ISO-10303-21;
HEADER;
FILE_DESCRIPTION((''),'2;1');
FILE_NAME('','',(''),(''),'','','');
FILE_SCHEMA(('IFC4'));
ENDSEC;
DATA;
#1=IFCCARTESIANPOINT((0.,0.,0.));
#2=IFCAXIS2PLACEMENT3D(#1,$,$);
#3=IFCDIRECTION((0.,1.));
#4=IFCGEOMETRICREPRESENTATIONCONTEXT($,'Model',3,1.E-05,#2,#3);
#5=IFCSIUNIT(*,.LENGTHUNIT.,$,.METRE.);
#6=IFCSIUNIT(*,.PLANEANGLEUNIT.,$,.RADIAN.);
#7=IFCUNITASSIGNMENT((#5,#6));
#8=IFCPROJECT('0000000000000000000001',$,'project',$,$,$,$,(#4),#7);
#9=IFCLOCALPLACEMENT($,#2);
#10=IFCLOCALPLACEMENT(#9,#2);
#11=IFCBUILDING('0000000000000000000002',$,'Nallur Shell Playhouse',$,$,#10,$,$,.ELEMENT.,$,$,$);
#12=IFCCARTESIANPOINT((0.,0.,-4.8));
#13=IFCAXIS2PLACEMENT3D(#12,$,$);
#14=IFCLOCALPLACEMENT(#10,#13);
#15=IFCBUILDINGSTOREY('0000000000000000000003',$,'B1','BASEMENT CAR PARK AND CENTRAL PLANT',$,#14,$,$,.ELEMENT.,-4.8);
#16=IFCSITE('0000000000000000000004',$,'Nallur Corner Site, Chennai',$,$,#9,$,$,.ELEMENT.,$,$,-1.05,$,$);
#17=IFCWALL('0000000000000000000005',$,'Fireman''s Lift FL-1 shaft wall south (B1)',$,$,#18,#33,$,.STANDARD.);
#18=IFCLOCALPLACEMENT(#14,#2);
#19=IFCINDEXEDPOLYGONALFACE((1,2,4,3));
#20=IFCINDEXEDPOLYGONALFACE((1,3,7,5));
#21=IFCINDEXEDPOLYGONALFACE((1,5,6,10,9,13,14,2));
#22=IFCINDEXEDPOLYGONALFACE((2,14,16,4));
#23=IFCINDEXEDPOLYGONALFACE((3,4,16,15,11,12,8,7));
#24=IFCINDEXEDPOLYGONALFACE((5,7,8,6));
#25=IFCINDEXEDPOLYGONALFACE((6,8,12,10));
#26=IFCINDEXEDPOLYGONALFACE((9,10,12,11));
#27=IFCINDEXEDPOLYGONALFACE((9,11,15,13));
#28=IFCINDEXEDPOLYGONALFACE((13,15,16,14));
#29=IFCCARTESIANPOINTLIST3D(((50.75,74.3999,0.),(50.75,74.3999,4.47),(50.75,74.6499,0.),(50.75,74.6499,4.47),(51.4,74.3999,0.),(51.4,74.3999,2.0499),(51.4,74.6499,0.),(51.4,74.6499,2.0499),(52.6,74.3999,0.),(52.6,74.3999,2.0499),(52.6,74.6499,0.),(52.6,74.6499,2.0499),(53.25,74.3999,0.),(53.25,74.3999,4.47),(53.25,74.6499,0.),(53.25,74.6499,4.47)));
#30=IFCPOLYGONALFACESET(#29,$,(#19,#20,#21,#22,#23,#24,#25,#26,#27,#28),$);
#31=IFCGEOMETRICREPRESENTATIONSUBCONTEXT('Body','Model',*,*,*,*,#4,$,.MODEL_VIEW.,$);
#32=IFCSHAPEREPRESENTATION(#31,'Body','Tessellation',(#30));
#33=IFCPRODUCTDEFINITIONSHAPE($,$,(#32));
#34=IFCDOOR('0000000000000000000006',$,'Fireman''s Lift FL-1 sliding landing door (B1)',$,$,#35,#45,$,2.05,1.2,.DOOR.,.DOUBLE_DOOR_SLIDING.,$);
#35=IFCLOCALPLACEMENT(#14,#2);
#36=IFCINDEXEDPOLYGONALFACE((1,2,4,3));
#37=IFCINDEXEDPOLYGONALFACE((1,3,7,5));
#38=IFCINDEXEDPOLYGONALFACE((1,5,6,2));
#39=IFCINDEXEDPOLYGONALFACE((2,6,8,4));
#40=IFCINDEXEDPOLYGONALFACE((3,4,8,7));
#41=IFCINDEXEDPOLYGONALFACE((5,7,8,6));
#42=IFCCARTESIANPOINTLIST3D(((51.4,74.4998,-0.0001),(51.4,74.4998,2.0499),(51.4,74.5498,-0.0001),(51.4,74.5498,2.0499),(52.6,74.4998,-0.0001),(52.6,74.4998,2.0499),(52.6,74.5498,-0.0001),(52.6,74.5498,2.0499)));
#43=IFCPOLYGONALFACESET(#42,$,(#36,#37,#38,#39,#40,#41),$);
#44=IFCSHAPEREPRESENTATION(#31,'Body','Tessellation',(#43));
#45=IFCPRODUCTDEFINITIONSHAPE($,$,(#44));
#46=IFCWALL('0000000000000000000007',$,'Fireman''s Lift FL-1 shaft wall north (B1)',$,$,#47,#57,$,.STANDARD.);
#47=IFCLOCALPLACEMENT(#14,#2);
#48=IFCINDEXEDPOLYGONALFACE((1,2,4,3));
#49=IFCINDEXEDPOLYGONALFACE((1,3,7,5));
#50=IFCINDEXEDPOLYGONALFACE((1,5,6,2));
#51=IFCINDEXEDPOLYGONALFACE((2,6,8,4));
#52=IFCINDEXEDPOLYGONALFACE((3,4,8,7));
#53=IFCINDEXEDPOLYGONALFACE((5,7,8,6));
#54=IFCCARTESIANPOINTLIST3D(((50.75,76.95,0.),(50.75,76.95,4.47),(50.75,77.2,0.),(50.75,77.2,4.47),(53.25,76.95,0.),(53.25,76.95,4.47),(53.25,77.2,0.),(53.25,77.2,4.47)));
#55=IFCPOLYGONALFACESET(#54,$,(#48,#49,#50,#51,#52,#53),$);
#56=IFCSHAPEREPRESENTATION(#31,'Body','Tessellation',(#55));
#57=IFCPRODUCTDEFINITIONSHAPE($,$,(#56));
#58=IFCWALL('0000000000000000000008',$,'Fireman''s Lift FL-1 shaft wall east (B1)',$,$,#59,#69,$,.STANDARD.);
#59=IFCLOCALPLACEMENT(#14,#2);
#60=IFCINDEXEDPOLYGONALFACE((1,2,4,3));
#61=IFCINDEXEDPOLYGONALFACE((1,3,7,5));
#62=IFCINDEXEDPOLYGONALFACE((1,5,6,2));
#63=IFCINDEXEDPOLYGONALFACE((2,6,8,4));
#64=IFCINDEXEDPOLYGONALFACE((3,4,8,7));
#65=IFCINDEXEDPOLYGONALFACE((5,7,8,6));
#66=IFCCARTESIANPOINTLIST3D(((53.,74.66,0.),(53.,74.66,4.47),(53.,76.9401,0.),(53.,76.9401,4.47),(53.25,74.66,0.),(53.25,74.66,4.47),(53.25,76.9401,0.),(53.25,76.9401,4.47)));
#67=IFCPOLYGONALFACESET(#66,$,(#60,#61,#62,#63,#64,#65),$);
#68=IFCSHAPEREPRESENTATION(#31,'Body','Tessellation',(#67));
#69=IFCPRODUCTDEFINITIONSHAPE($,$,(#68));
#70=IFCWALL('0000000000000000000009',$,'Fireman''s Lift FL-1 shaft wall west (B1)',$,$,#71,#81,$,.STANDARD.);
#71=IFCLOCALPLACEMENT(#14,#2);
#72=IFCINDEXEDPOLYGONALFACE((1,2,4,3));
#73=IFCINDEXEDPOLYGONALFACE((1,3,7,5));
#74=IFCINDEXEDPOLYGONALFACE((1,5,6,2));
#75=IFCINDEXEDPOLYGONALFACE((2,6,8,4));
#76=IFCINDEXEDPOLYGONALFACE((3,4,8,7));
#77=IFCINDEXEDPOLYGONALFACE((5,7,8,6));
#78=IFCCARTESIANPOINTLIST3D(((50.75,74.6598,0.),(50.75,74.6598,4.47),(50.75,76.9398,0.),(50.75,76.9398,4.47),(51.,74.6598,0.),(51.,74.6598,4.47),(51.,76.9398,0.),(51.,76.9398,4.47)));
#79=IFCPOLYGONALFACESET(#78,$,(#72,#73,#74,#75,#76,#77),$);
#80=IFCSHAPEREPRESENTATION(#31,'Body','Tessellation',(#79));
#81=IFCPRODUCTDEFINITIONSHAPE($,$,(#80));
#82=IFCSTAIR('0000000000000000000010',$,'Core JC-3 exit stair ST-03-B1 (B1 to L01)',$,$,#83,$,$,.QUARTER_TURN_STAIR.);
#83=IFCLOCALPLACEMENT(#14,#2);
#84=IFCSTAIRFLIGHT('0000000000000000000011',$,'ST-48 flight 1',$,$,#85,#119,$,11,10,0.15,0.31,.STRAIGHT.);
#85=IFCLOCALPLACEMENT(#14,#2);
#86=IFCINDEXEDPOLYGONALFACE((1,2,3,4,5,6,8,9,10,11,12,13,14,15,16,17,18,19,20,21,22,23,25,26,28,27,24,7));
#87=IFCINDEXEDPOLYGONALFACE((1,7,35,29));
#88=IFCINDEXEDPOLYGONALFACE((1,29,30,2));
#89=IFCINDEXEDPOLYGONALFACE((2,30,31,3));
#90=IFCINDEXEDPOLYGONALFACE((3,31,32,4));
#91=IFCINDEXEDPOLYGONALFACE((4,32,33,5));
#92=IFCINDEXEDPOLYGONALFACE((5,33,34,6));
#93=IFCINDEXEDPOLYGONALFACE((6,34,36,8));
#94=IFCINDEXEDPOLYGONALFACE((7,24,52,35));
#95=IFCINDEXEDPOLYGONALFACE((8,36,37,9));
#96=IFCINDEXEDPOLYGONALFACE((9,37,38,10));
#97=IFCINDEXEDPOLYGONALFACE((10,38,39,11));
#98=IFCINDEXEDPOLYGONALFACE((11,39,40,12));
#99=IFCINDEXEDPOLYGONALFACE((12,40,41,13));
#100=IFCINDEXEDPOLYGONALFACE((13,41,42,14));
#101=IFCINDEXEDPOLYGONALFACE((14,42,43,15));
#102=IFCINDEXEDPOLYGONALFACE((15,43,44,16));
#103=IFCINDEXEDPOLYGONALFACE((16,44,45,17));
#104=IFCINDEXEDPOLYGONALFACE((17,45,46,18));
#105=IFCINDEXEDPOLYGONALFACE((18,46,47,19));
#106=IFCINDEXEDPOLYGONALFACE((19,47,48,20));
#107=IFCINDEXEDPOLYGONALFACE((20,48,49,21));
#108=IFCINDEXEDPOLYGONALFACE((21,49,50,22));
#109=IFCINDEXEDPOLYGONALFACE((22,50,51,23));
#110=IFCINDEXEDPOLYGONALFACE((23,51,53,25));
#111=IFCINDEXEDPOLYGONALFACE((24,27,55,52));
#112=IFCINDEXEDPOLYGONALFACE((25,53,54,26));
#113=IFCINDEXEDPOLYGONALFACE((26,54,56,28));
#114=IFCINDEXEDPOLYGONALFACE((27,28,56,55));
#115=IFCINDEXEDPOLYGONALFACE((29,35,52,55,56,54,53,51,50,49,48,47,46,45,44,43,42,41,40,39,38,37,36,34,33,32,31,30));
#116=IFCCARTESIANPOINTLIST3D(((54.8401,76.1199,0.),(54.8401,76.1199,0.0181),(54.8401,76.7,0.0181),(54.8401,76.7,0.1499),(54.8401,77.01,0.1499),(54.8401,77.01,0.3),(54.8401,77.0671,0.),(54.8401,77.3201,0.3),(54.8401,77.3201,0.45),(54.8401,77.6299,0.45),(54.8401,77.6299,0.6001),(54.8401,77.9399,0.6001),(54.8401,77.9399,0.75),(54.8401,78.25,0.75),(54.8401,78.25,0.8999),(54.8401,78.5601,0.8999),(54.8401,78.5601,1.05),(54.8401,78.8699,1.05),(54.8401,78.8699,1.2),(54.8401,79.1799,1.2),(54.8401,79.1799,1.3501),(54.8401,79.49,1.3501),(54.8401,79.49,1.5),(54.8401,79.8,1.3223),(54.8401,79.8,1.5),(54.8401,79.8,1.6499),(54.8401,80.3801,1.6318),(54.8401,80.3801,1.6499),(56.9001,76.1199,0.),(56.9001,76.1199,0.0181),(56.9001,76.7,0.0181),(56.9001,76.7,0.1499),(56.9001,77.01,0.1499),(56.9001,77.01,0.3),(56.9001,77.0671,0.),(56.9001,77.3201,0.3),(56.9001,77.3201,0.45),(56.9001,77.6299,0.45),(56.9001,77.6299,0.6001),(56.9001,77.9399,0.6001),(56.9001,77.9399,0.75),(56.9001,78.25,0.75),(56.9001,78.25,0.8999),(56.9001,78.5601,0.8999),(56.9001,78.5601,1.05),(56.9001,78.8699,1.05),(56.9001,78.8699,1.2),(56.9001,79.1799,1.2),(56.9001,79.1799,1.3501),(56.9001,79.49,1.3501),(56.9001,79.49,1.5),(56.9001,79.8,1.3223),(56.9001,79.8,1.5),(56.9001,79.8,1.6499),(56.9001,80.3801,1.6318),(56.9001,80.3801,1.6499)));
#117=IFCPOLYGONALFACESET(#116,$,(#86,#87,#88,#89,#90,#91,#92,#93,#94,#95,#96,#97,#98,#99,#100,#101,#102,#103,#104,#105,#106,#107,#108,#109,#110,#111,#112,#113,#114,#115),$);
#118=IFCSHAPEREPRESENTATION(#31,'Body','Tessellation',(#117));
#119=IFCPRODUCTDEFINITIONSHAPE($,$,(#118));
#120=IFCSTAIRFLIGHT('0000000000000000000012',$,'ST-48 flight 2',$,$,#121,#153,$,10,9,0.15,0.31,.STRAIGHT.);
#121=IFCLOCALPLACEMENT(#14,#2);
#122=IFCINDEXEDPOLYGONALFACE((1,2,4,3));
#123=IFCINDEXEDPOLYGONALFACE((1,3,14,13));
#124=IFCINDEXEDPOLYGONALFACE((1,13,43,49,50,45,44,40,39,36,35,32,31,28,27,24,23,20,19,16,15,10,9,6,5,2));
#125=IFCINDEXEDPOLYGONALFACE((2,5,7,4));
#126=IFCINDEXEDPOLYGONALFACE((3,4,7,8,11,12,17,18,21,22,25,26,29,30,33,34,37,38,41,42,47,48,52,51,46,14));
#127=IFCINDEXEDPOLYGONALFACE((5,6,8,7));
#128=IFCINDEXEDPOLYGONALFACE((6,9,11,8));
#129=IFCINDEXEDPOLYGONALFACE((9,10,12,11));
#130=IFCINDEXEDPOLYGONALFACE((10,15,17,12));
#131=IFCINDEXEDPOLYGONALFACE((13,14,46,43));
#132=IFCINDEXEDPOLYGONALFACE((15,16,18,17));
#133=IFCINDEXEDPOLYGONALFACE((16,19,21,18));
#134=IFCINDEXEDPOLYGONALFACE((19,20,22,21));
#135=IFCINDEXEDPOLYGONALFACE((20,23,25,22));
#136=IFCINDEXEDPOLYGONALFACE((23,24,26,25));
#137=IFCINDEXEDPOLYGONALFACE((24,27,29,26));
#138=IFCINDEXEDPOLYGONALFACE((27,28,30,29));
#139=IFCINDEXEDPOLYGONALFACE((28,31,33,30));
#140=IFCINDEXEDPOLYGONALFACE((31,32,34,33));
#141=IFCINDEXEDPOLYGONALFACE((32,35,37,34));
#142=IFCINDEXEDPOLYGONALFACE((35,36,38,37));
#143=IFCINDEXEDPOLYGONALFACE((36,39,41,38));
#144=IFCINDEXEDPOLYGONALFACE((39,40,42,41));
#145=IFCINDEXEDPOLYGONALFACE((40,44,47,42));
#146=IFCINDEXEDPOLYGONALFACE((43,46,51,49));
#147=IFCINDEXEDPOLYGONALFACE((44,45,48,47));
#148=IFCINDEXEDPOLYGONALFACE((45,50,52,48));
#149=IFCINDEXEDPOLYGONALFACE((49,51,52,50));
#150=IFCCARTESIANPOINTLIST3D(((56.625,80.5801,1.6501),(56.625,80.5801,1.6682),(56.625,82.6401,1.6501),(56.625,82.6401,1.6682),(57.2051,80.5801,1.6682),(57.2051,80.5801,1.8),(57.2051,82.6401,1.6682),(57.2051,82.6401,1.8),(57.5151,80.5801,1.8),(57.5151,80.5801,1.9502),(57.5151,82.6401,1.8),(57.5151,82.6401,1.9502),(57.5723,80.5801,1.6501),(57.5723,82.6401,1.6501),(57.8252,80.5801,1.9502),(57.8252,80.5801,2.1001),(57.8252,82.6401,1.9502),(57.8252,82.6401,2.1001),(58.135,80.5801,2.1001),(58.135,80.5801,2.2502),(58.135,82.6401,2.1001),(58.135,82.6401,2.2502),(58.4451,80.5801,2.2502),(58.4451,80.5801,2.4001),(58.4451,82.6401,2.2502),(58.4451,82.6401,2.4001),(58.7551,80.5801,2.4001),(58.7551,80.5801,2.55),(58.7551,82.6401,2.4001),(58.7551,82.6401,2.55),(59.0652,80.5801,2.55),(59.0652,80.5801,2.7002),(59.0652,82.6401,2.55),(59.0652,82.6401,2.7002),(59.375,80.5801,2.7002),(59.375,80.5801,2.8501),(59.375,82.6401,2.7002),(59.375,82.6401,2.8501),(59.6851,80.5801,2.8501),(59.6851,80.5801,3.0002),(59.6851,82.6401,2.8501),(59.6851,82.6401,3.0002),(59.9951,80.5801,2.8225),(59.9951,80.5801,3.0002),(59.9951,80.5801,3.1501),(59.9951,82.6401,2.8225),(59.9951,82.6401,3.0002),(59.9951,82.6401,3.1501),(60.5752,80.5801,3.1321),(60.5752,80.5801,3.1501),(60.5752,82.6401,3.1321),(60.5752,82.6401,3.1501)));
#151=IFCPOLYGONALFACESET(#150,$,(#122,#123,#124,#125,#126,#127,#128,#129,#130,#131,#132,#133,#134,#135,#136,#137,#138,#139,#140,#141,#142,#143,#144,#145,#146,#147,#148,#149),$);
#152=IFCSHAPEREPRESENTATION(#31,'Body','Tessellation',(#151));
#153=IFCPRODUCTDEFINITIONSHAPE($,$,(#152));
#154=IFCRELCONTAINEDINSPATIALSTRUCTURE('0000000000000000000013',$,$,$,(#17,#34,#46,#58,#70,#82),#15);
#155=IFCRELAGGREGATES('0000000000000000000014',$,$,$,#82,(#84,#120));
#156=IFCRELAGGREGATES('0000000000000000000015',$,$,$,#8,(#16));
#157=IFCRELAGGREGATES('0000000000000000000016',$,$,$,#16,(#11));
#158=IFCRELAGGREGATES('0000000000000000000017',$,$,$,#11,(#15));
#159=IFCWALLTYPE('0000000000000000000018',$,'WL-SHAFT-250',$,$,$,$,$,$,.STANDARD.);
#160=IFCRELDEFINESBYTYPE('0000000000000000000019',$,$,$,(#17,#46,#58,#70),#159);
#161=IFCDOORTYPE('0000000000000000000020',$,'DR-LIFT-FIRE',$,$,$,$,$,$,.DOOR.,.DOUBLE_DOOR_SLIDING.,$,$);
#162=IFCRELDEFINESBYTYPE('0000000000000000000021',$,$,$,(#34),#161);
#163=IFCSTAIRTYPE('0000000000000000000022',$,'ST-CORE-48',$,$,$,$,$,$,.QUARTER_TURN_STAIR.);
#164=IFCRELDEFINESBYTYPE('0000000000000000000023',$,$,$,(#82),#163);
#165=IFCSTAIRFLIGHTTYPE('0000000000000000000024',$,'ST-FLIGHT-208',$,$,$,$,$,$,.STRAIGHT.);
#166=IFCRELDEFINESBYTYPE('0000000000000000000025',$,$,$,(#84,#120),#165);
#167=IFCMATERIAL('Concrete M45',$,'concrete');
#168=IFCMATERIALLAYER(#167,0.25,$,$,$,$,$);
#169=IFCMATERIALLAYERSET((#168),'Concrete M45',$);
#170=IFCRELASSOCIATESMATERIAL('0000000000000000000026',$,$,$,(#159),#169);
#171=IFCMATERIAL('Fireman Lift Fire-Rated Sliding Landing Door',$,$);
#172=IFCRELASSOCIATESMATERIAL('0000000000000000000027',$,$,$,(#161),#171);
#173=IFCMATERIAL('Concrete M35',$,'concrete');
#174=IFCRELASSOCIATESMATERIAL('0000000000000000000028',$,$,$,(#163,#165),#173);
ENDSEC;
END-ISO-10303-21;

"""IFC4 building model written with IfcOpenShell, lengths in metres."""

from ifc_helpers import new_model, si_unit, direction, frame, frame_2d, origin, place, context, subcontext, project, spatial, polyline, rectangle, outline, extrude, material, layer, layer_set, type_object, element, fill, aggregate, save


model = new_model("IFC4")

# Units and contexts
model_context = context("Model", 3, precision=1e-05, world=origin(), true_north=direction((0.0, 1.0)))
body_context = subcontext(model_context, "Body", "Model", "MODEL_VIEW")
ifc_project = project(units=[si_unit("LENGTHUNIT", "METRE"), si_unit("PLANEANGLEUNIT", "RADIAN")], contexts=[model_context])

# Site, building, storey
site_placement = place(None, origin())
site = spatial("IfcSite", under=ifc_project, at=site_placement, Name="Nallur Corner Site, Chennai", CompositionType="ELEMENT", RefElevation=-1.05)
building_placement = place(site_placement, origin())
building = spatial("IfcBuilding", under=site, at=building_placement, Name="Nallur Shell Playhouse", CompositionType="ELEMENT")
storey_placement = place(building_placement, frame((0.0, 0.0, -4.8)))
storey = spatial("IfcBuildingStorey", under=building, at=storey_placement, Name="B1", Description="BASEMENT CAR PARK AND CENTRAL PLANT", CompositionType="ELEMENT", Elevation=-4.8)

# Shared definitions
ifc_material_1 = material(Name="Concrete M35", Category="concrete")

# Shared definitions
ifc_material_2 = material(Name="Concrete M45", Category="concrete")

# Wall, opening, door
ifc_layer_1 = layer(ifc_material_2, 0.25)
ifc_layer_set_1 = layer_set([ifc_layer_1], Name="Concrete M45")
wall_type_1 = type_object("IfcWallType", Name="WL-SHAFT-250", PredefinedType="STANDARD", material=ifc_layer_set_1)
wall_1_placement = place(storey_placement, frame((50.75, 74.5249, 0.0), z_axis=(0.0, 0.0, 1.0), x_axis=(1.0, 0.0, 0.0)))
wall_1 = element("IfcWall", 1, at=wall_1_placement, inside=storey, type_object=wall_type_1, Name="Fireman's Lift FL-1 shaft wall south (B1)", PredefinedType="STANDARD", context=body_context, shape_type="SweptSolid", body=[
    extrude(rectangle(XDim=2.5, YDim=0.25, at=frame_2d((1.25, 0.0))), origin(), (0.0, 0.0, 1.0), 4.47),
])
opening_placement = place(wall_1_placement, frame((0.6499, 0.0, 0.0)))
opening = element("IfcOpeningElement", 2, at=opening_placement, cuts=wall_1, PredefinedType="OPENING", context=body_context, shape_type="SweptSolid", body=[
    extrude(rectangle(XDim=1.2, YDim=2.05, at=frame_2d((0.6001, 1.0249))), frame((0.0, 0.135, 0.0), z_axis=(0.0, -1.0, 0.0), x_axis=(1.0, 0.0, 0.0)), (0.0, 0.0, 1.0), 0.27),
])
ifc_material_3 = material(Name="Fireman Lift Fire-Rated Sliding Landing Door")
door_type = type_object("IfcDoorType", Name="DR-LIFT-FIRE", OperationType="DOUBLE_DOOR_SLIDING", PredefinedType="DOOR", material=ifc_material_3)
door_placement = place(opening_placement, origin())
door = element("IfcDoor", 3, at=door_placement, inside=storey, type_object=door_type, Name="Fireman's Lift FL-1 sliding landing door (B1)", OperationType="DOUBLE_DOOR_SLIDING", OverallHeight=2.05, OverallWidth=1.2, PredefinedType="DOOR", context=body_context, shape_type="SweptSolid", body=[
    extrude(rectangle(XDim=1.2, YDim=2.05, at=frame_2d((0.6001, 1.0249))), frame((0.0, 0.0249, 0.0), z_axis=(0.0, -1.0, 0.0), x_axis=(1.0, 0.0, 0.0)), (0.0, 0.0, 1.0), 0.05),
])
fill(opening, door)

# Walls
wall_2_placement = place(storey_placement, frame((53.25, 77.075, 0.0), z_axis=(0.0, 0.0, 1.0), x_axis=(-1.0, 0.0, 0.0)))
element("IfcWall", 4, at=wall_2_placement, inside=storey, type_object=wall_type_1, Name="Fireman's Lift FL-1 shaft wall north (B1)", PredefinedType="STANDARD", context=body_context, shape_type="SweptSolid", body=[
    extrude(rectangle(XDim=2.5, YDim=0.25, at=frame_2d((1.25, 0.0))), origin(), (0.0, 0.0, 1.0), 4.47),
])
for number, where, z_axis, x_axis, name in (
    (5, (53.125, 74.6599, 0.0), (0.0, 0.0, 1.0), (0.0, 1.0, 0.0), "Fireman's Lift FL-1 shaft wall east (B1)"),
    (6, (50.875, 76.9399, 0.0), (0.0, 0.0, 1.0), (0.0, -1.0, 0.0), "Fireman's Lift FL-1 shaft wall west (B1)"),
):
    element("IfcWall", number, at=place(storey_placement, frame(where, z_axis=z_axis, x_axis=x_axis)), inside=storey, type_object=wall_type_1, Name=name, PredefinedType="STANDARD", context=body_context, shape_type="SweptSolid", body=[
        extrude(rectangle(XDim=2.28, YDim=0.25, at=frame_2d((1.1401, 0.0))), origin(), (0.0, 0.0, 1.0), 4.47),
    ])

# Stair, stair flights
stair_type = type_object("IfcStairType", Name="ST-CORE-48", PredefinedType="QUARTER_TURN_STAIR", material=ifc_material_1)
stair_placement = place(storey_placement, origin())
stair = element("IfcStair", 7, at=stair_placement, inside=storey, type_object=stair_type, Name="Core JC-3 exit stair ST-03-B1 (B1 to L01)", PredefinedType="QUARTER_TURN_STAIR")
stair_flight_type = type_object("IfcStairFlightType", Name="ST-FLIGHT-208", PredefinedType="STRAIGHT", material=ifc_material_1)
stair_flight_1_placement = place(storey_placement, frame((55.8701, 76.7, 0.0), z_axis=(0.0, 0.0, 1.0), x_axis=(0.0, 1.0, 0.0)))
stair_flight_1 = element("IfcStairFlight", 8, at=stair_flight_1_placement, type_object=stair_flight_type, Name="ST-48 flight 1", NumberOfRisers=11, NumberOfTreads=10, PredefinedType="STRAIGHT", RiserHeight=0.15, TreadLength=0.31, context=body_context, shape_type="SweptSolid", body=[
    extrude(outline(polyline([(-0.5801, 0.0), (-0.5801, 0.0181), (0.0, 0.0181), (0.0, 0.1499), (0.3101, 0.1499), (0.3101, 0.3), (0.6201, 0.3), (0.6201, 0.45), (0.9299, 0.45), (0.9299, 0.6001), (1.24, 0.6001), (1.24, 0.75), (1.55, 0.75), (1.55, 0.8999), (1.8601, 0.8999), (1.8601, 1.05), (2.1699, 1.05), (2.1699, 1.2), (2.48, 1.2), (2.48, 1.3501), (2.79, 1.3501), (2.79, 1.5), (3.1001, 1.5), (3.1001, 1.6499), (3.6802, 1.6499), (3.6802, 1.6318), (3.1001, 1.3223), (0.3672, 0.0), (-0.5801, 0.0)])), frame((0.0, 1.03, 0.0), z_axis=(0.0, -1.0, 0.0), x_axis=(1.0, 0.0, 0.0)), (0.0, 0.0, 1.0), 2.0601),
])
stair_flight_2_placement = place(storey_placement, frame((57.2051, 81.6101, 1.6501), z_axis=(0.0, 0.0, 1.0), x_axis=(1.0, 0.0, 0.0)))
stair_flight_2 = element("IfcStairFlight", 9, at=stair_flight_2_placement, type_object=stair_flight_type, Name="ST-48 flight 2", NumberOfRisers=10, NumberOfTreads=9, PredefinedType="STRAIGHT", RiserHeight=0.15, TreadLength=0.31, context=body_context, shape_type="SweptSolid", body=[
    extrude(outline(polyline([(-0.5801, 0.0), (-0.5801, 0.0181), (0.0, 0.0181), (0.0, 0.1499), (0.3101, 0.1499), (0.3101, 0.3), (0.6201, 0.3), (0.6201, 0.45), (0.9299, 0.45), (0.9299, 0.6001), (1.24, 0.6001), (1.24, 0.75), (1.55, 0.75), (1.55, 0.8999), (1.8601, 0.8999), (1.8601, 1.05), (2.1699, 1.05), (2.1699, 1.2), (2.48, 1.2), (2.48, 1.3501), (2.79, 1.3501), (2.79, 1.5), (3.3701, 1.5), (3.3701, 1.4819), (2.79, 1.1724), (0.3672, 0.0), (-0.5801, 0.0)])), frame((0.0, 1.03, 0.0), z_axis=(0.0, -1.0, 0.0), x_axis=(1.0, 0.0, 0.0)), (0.0, 0.0, 1.0), 2.0601),
])
aggregate(stair, [stair_flight_1, stair_flight_2])

save(model, "model.ifc")
